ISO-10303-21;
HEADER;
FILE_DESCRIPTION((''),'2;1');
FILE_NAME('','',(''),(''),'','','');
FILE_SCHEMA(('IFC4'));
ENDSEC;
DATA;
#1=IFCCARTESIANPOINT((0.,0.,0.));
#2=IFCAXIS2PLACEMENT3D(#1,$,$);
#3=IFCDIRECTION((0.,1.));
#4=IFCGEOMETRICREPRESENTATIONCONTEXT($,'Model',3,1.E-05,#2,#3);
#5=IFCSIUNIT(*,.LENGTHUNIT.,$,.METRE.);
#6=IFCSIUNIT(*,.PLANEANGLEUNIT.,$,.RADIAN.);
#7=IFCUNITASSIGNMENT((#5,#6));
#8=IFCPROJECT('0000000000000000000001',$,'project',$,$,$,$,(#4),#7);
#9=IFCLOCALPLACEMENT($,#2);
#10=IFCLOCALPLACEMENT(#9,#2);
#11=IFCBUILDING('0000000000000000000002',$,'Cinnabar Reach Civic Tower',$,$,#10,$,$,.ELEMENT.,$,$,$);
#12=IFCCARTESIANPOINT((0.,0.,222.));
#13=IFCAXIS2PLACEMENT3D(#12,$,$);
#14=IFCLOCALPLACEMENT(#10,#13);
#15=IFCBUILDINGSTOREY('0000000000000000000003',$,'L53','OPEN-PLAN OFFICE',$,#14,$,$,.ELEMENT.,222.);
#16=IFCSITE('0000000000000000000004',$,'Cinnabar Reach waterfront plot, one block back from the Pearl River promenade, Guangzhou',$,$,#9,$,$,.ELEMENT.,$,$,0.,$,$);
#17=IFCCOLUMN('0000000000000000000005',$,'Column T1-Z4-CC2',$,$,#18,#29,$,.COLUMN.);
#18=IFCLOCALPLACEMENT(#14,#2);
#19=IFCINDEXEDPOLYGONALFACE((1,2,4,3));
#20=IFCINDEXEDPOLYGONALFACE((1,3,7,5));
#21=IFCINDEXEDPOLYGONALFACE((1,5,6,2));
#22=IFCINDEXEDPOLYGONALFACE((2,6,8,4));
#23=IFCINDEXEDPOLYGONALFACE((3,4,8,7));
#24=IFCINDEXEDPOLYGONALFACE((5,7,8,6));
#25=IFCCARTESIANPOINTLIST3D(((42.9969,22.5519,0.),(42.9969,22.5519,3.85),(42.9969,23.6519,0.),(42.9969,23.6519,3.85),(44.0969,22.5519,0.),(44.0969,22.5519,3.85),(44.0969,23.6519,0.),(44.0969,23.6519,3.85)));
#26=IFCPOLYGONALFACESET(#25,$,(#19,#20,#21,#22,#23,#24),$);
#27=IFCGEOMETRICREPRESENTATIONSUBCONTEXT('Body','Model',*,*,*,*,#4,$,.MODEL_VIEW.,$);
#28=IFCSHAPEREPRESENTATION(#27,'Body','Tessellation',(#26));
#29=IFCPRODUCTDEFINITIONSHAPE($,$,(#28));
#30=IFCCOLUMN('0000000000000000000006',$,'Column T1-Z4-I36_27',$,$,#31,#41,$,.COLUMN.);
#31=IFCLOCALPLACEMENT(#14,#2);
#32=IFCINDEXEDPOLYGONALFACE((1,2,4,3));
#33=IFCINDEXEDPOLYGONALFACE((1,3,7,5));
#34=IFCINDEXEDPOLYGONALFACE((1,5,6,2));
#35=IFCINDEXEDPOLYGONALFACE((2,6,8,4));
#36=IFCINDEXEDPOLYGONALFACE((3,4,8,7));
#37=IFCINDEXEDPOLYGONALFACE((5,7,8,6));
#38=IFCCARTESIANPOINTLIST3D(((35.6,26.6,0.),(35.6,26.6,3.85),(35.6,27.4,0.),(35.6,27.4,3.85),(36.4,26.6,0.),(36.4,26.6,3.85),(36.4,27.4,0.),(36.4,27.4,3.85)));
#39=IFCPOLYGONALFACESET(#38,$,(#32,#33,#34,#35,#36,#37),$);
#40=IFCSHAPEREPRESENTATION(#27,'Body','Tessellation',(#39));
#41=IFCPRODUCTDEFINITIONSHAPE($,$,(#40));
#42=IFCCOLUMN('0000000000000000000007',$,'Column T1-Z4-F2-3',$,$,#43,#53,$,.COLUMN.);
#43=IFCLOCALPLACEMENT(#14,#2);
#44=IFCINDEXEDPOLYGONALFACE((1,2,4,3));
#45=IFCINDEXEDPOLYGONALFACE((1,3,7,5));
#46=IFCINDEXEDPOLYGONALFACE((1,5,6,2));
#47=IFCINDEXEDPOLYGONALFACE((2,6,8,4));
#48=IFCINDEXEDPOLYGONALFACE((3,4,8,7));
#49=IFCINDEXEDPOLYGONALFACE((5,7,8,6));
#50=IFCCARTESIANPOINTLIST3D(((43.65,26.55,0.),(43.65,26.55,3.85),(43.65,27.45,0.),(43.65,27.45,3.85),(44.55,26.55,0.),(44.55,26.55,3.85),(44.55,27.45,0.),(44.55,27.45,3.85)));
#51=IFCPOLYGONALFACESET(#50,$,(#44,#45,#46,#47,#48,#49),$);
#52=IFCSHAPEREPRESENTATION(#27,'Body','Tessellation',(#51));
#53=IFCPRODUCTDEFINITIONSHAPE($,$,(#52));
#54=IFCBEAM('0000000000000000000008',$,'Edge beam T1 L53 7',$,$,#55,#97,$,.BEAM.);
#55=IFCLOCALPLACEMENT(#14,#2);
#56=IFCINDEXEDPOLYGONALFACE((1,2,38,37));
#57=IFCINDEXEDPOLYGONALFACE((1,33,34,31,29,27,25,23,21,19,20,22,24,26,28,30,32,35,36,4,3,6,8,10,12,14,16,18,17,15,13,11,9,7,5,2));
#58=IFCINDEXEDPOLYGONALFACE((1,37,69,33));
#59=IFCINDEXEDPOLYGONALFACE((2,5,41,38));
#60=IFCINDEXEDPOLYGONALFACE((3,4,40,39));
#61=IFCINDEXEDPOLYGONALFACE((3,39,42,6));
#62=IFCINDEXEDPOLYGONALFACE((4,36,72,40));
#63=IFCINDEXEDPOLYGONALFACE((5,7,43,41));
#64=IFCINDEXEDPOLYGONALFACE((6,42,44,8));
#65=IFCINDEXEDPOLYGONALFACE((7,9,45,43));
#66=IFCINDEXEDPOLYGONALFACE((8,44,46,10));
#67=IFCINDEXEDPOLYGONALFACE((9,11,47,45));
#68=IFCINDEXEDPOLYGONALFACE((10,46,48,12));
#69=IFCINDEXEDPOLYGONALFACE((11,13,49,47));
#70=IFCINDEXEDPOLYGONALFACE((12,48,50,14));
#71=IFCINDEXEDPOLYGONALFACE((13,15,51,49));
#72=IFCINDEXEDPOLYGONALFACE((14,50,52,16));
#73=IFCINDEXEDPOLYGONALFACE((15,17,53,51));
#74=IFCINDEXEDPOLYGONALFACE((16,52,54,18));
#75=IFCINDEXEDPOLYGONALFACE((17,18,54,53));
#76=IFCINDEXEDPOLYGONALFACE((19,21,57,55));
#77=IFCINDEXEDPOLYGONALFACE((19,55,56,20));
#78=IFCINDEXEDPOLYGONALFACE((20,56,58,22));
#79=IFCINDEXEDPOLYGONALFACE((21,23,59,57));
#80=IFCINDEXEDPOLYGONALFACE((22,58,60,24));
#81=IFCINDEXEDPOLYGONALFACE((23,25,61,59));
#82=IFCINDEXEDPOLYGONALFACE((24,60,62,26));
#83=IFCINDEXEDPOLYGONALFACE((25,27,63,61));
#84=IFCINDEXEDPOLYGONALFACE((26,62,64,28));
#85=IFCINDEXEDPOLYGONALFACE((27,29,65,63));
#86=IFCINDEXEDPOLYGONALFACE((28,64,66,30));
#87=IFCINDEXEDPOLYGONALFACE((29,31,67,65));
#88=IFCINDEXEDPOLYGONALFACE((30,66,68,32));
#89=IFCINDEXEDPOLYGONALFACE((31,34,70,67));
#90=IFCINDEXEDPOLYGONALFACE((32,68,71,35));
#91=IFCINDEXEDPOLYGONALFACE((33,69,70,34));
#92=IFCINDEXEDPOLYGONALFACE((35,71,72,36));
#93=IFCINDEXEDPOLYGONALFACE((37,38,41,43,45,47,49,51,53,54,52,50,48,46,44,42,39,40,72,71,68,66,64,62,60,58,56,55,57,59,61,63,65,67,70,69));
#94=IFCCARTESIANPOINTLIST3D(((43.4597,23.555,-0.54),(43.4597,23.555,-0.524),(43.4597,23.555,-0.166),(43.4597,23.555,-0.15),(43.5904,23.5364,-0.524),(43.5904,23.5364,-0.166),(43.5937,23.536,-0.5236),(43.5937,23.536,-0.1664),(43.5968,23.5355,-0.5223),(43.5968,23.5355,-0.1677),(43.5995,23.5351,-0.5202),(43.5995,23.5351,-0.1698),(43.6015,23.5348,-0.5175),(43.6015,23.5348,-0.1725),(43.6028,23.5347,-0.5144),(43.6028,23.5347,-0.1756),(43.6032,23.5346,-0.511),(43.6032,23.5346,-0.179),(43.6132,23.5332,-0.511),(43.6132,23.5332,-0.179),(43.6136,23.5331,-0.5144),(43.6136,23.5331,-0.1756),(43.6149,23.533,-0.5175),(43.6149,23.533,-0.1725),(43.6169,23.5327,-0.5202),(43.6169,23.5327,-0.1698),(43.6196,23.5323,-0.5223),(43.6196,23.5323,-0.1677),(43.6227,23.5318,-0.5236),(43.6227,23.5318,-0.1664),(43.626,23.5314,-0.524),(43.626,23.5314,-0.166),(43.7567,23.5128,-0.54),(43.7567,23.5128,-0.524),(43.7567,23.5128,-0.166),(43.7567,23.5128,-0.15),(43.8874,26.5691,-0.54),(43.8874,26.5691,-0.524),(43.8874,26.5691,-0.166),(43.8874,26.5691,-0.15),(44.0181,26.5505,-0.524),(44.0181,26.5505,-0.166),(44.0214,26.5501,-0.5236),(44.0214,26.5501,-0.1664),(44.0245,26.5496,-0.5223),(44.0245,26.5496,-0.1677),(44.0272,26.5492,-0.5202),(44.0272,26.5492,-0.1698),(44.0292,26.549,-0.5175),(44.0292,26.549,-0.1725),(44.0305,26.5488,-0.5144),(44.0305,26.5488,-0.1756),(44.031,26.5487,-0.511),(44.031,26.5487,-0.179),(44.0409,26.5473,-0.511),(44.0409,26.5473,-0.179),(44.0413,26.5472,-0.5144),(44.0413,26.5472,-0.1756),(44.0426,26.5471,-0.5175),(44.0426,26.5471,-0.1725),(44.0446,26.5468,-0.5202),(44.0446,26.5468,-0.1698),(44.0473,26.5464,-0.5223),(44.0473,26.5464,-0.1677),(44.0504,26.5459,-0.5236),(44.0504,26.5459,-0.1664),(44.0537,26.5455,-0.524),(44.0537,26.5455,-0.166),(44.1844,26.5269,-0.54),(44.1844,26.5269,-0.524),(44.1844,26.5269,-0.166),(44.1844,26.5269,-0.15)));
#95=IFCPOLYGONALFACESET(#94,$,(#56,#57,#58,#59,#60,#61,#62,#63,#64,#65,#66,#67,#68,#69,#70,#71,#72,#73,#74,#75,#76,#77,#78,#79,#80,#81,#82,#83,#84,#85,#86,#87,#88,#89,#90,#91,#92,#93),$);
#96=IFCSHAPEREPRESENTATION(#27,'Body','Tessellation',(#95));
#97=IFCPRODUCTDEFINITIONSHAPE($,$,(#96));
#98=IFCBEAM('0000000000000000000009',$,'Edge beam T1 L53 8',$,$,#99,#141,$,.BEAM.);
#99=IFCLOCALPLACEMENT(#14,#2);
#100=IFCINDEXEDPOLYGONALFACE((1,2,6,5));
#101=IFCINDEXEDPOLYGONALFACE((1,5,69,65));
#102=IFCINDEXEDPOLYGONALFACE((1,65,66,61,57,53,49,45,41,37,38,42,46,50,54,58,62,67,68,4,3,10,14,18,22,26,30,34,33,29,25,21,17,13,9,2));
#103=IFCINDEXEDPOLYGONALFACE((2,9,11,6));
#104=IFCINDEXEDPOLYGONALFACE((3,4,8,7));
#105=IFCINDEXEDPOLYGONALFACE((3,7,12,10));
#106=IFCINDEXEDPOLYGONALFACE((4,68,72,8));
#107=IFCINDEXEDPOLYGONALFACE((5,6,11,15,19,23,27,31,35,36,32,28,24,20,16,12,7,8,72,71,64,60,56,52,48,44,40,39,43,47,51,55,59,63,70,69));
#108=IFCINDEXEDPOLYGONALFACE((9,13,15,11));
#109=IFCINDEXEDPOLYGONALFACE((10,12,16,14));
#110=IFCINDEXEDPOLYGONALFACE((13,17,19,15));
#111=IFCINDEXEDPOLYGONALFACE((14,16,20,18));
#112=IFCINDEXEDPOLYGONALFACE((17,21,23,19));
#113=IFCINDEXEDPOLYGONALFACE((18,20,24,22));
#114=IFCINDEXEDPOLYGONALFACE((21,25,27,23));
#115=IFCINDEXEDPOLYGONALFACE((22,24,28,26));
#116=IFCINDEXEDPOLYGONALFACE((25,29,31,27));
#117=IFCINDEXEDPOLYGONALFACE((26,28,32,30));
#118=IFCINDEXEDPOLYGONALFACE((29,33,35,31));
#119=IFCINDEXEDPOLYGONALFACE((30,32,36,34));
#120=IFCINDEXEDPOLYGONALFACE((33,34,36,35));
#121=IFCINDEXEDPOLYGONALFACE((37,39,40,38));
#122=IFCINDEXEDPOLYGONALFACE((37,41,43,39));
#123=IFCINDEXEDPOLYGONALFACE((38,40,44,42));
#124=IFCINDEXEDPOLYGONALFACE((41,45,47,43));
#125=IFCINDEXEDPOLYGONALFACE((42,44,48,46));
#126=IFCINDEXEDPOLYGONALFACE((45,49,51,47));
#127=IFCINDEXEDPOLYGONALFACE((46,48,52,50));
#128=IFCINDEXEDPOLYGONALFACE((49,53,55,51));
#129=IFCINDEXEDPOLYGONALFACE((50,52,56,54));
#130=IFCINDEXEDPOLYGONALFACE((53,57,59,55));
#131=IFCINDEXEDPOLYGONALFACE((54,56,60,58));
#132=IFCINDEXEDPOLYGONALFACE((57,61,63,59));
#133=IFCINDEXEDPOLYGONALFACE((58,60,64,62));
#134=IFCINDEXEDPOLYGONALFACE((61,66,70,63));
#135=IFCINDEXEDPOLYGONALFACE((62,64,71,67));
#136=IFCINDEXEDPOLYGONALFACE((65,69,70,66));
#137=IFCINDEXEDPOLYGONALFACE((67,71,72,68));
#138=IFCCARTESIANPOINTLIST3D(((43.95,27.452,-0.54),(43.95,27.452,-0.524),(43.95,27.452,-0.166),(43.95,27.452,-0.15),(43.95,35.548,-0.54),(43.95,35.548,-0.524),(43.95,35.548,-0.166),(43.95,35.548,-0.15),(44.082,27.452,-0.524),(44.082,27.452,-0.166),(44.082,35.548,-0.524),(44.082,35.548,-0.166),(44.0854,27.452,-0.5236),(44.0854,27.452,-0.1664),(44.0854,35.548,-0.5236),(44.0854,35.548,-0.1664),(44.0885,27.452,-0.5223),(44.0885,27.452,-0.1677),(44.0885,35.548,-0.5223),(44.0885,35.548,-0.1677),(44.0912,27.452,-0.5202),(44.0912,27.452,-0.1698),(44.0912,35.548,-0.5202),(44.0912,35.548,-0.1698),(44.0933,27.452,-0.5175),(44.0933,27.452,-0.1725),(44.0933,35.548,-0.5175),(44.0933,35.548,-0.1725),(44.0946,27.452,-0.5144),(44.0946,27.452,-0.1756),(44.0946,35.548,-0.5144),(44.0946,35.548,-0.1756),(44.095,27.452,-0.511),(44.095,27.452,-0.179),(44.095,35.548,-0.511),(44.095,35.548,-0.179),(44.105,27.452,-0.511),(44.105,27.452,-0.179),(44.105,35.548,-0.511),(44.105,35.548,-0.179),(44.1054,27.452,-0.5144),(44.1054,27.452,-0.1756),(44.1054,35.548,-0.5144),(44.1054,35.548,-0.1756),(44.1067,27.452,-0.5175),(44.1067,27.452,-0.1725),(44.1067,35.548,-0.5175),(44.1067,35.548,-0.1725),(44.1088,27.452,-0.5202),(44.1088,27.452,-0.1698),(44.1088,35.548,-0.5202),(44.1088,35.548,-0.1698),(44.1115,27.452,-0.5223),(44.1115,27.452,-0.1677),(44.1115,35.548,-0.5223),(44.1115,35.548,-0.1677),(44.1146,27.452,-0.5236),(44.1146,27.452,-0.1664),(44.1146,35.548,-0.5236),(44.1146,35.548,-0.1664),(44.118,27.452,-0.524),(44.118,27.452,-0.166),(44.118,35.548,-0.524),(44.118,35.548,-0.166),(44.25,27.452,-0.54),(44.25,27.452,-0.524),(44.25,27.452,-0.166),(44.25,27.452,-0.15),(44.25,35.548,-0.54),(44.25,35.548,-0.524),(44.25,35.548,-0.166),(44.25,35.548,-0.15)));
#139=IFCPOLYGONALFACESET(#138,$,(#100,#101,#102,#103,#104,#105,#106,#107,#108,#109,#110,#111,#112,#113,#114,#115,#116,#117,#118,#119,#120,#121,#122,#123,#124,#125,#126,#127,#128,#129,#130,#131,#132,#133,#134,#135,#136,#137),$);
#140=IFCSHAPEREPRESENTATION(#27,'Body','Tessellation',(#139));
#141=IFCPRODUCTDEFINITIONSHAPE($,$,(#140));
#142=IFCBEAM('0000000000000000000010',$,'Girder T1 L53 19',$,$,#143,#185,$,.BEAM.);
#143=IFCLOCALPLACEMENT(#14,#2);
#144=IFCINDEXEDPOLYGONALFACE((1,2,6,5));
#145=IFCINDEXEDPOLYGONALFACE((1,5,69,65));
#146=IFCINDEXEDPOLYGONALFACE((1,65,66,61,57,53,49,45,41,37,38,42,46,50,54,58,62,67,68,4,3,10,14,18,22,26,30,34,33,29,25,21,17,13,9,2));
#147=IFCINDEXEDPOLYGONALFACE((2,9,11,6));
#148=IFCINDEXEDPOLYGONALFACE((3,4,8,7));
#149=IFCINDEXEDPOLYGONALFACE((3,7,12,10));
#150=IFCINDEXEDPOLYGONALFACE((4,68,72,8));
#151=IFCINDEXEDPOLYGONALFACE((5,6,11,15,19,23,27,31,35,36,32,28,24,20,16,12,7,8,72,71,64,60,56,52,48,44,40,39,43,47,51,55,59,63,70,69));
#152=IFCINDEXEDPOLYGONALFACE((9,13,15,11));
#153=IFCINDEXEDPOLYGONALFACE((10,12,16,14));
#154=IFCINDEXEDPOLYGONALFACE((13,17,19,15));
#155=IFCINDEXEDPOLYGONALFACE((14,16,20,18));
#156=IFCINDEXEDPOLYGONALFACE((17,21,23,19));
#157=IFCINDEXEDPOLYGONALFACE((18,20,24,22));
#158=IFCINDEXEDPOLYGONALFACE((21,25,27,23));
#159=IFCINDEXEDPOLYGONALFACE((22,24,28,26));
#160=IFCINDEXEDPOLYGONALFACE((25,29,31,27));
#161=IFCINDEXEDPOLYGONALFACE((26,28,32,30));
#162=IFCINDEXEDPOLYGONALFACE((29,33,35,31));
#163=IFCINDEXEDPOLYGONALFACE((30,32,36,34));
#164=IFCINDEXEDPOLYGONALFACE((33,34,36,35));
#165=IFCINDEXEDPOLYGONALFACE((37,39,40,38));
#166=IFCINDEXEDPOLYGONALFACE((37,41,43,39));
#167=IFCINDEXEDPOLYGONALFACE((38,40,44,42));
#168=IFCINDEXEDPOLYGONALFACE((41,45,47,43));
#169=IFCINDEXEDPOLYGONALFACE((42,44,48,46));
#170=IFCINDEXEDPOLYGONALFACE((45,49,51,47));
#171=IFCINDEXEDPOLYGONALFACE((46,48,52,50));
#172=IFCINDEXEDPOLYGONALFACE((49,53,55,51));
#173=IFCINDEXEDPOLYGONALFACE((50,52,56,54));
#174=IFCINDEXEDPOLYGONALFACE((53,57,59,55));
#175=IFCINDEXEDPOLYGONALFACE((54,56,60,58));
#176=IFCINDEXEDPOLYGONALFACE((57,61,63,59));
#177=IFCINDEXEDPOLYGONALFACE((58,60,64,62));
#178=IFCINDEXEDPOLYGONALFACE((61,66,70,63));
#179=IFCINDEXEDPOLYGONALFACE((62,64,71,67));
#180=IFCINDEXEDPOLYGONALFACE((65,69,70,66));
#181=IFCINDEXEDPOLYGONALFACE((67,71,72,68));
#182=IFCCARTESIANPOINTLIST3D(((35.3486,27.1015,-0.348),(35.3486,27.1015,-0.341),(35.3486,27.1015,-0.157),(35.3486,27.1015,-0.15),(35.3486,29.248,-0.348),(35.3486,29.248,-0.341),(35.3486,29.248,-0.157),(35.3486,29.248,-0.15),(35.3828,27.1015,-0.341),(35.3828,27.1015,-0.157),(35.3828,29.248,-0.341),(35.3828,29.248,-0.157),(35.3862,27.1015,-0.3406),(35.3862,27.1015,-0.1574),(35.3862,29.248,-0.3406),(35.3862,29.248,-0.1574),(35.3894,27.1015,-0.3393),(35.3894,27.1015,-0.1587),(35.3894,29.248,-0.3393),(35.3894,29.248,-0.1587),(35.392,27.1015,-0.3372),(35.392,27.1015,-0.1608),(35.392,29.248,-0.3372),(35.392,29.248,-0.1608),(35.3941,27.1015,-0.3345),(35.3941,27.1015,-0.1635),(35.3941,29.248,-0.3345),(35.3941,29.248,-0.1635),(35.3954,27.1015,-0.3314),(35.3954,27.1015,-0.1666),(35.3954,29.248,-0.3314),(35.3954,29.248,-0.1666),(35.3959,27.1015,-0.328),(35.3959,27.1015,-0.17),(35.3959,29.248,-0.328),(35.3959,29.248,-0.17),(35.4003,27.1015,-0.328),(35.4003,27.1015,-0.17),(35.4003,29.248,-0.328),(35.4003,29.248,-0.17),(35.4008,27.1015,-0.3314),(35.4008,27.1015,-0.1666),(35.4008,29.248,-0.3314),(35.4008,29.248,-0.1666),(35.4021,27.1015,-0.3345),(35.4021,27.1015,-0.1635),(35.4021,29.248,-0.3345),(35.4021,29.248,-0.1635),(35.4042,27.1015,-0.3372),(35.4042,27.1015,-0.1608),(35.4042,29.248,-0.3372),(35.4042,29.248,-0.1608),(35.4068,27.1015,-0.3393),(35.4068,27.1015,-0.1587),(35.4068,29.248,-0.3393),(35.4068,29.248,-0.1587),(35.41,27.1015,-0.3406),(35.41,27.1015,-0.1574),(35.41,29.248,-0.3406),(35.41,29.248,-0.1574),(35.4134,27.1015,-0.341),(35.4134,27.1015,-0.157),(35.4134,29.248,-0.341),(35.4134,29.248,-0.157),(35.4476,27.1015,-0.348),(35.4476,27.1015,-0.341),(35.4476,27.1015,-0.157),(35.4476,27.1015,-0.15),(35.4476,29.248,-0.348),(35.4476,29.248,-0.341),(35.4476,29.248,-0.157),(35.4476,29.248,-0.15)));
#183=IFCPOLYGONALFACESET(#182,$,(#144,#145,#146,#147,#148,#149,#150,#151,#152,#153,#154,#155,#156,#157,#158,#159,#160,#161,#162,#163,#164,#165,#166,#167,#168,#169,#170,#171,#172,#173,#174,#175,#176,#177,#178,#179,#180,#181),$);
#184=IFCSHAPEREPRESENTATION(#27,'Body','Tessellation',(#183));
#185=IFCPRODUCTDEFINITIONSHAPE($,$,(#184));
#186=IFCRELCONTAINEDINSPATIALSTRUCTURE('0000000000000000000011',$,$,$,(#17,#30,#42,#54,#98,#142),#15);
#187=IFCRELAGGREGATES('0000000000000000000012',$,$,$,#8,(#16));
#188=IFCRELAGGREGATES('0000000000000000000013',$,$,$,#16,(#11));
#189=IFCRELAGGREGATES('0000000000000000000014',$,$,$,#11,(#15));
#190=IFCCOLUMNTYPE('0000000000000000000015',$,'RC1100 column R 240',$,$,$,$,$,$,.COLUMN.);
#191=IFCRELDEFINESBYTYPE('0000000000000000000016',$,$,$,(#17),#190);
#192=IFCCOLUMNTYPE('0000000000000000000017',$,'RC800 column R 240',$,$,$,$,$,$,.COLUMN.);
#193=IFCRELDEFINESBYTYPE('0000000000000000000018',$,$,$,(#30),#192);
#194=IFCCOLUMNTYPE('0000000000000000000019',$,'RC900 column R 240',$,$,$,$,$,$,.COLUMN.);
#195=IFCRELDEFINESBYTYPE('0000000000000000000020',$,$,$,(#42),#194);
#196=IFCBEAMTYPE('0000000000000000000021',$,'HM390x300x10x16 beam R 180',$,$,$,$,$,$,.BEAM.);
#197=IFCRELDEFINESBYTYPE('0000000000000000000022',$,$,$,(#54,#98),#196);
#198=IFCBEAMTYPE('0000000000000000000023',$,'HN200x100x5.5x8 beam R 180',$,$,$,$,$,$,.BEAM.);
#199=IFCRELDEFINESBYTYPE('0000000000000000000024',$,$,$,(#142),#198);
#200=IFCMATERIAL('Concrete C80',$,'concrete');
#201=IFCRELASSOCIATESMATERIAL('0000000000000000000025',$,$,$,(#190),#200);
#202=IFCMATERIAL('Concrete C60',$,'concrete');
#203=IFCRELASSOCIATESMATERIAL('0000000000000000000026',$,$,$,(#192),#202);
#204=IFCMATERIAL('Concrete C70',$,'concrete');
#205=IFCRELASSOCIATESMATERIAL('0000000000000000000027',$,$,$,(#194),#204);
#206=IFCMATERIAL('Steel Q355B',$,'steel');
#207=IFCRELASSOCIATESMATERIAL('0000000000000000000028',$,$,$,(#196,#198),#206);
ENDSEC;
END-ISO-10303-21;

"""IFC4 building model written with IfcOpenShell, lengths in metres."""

from ifc_helpers import new_model, si_unit, direction, frame, origin, origin_2d, place, context, subcontext, project, spatial, rectangle, i_section, extrude, material, material_profile, profile_set, type_object, element, save


model = new_model("IFC4")

# Units and contexts
model_context = context("Model", 3, precision=1e-05, world=origin(), true_north=direction((0.0, 1.0)))
body_context = subcontext(model_context, "Body", "Model", "MODEL_VIEW")
ifc_project = project(units=[si_unit("LENGTHUNIT", "METRE"), si_unit("PLANEANGLEUNIT", "RADIAN")], contexts=[model_context])

# Site, building, storey
site_placement = place(None, origin())
site = spatial("IfcSite", under=ifc_project, at=site_placement, Name="Cinnabar Reach waterfront plot, one block back from the Pearl River promenade, Guangzhou", CompositionType="ELEMENT", RefElevation=0.0)
building_placement = place(site_placement, origin())
building = spatial("IfcBuilding", under=site, at=building_placement, Name="Cinnabar Reach Civic Tower", CompositionType="ELEMENT")
storey_placement = place(building_placement, frame((0.0, 0.0, 222.0)))
storey = spatial("IfcBuildingStorey", under=building, at=storey_placement, Name="L53", Description="OPEN-PLAN OFFICE", CompositionType="ELEMENT", Elevation=222.0)

# Columns
ifc_material_1 = material(Name="Concrete C80", Category="concrete")
ifc_material_profile_1 = material_profile(ifc_material_1, rectangle(XDim=1.1, YDim=1.1, at=origin_2d()), Name="RC1100")
ifc_profile_set_1 = profile_set([ifc_material_profile_1], Name="Concrete C80")
column_type_1 = type_object("IfcColumnType", Name="RC1100 column R 240", PredefinedType="COLUMN", material=ifc_profile_set_1)
column_1_placement = place(storey_placement, frame((43.5469, 23.1019, 0.0), z_axis=(0.0, 0.0, 1.0), x_axis=(1.0, 0.0, 0.0)))
element("IfcColumn", 1, at=column_1_placement, inside=storey, type_object=column_type_1, Name="Column T1-Z4-CC2", PredefinedType="COLUMN", context=body_context, shape_type="SweptSolid", body=[
    extrude(rectangle(XDim=1.1, YDim=1.1, at=origin_2d()), origin(), (0.0, 0.0, 1.0), 3.85),
])
ifc_material_2 = material(Name="Concrete C60", Category="concrete")
ifc_material_profile_2 = material_profile(ifc_material_2, rectangle(XDim=0.8, YDim=0.8, at=origin_2d()), Name="RC800")
ifc_profile_set_2 = profile_set([ifc_material_profile_2], Name="Concrete C60")
column_type_2 = type_object("IfcColumnType", Name="RC800 column R 240", PredefinedType="COLUMN", material=ifc_profile_set_2)
column_2_placement = place(storey_placement, frame((36.0, 27.0, 0.0), z_axis=(0.0, 0.0, 1.0), x_axis=(1.0, 0.0, 0.0)))
element("IfcColumn", 2, at=column_2_placement, inside=storey, type_object=column_type_2, Name="Column T1-Z4-I36_27", PredefinedType="COLUMN", context=body_context, shape_type="SweptSolid", body=[
    extrude(rectangle(XDim=0.8, YDim=0.8, at=origin_2d()), origin(), (0.0, 0.0, 1.0), 3.85),
])
ifc_material_3 = material(Name="Concrete C70", Category="concrete")
ifc_material_profile_3 = material_profile(ifc_material_3, rectangle(XDim=0.9, YDim=0.9, at=origin_2d()), Name="RC900")
ifc_profile_set_3 = profile_set([ifc_material_profile_3], Name="Concrete C70")
column_type_3 = type_object("IfcColumnType", Name="RC900 column R 240", PredefinedType="COLUMN", material=ifc_profile_set_3)
column_3_placement = place(storey_placement, frame((44.1, 27.0, 0.0), z_axis=(0.0, 0.0, 1.0), x_axis=(1.0, 0.0, 0.0)))
element("IfcColumn", 3, at=column_3_placement, inside=storey, type_object=column_type_3, Name="Column T1-Z4-F2-3", PredefinedType="COLUMN", context=body_context, shape_type="SweptSolid", body=[
    extrude(rectangle(XDim=0.9, YDim=0.9, at=origin_2d()), origin(), (0.0, 0.0, 1.0), 3.85),
])

# Beams
ifc_material_4 = material(Name="Steel Q355B", Category="steel")
ifc_material_profile_4 = material_profile(ifc_material_4, i_section(OverallWidth=0.3, OverallDepth=0.39, WebThickness=0.01, FlangeThickness=0.016, FilletRadius=0.013, at=origin_2d()), Name="HM390x300x10x16")
ifc_profile_set_4 = profile_set([ifc_material_profile_4], Name="Steel Q355B")
beam_type_1 = type_object("IfcBeamType", Name="HM390x300x10x16 beam R 180", PredefinedType="BEAM", material=ifc_profile_set_4)
beam_1_placement = place(storey_placement, frame((43.6082, 23.5339, -0.345), z_axis=(0.140492, 0.990082, 0.0), x_axis=(-0.990082, 0.140492, 0.0)))
element("IfcBeam", 4, at=beam_1_placement, inside=storey, type_object=beam_type_1, Name="Edge beam T1 L53 7", PredefinedType="BEAM", context=body_context, shape_type="SweptSolid", body=[
    extrude(i_section(OverallWidth=0.3, OverallDepth=0.39, WebThickness=0.01, FlangeThickness=0.016, FilletRadius=0.013, at=origin_2d()), origin(), (0.0, 0.0, 1.0), 3.0443),
])
beam_2_placement = place(storey_placement, frame((44.1, 27.452, -0.345), z_axis=(0.0, 1.0, 0.0), x_axis=(-1.0, 0.0, 0.0)))
element("IfcBeam", 5, at=beam_2_placement, inside=storey, type_object=beam_type_1, Name="Edge beam T1 L53 8", PredefinedType="BEAM", context=body_context, shape_type="SweptSolid", body=[
    extrude(i_section(OverallWidth=0.3, OverallDepth=0.39, WebThickness=0.01, FlangeThickness=0.016, FilletRadius=0.013, at=origin_2d()), origin(), (0.0, 0.0, 1.0), 8.096),
])
ifc_material_profile_5 = material_profile(ifc_material_4, i_section(OverallWidth=0.099, OverallDepth=0.198, WebThickness=0.0045, FlangeThickness=0.007, FilletRadius=0.013, at=origin_2d()), Name="HN200x100x5.5x8")
ifc_profile_set_5 = profile_set([ifc_material_profile_5], Name="Steel Q355B")
beam_type_2 = type_object("IfcBeamType", Name="HN200x100x5.5x8 beam R 180", PredefinedType="BEAM", material=ifc_profile_set_5)
beam_3_placement = place(storey_placement, frame((35.3981, 27.1015, -0.249), z_axis=(0.0, 1.0, 0.0), x_axis=(-1.0, 0.0, 0.0)))
element("IfcBeam", 6, at=beam_3_placement, inside=storey, type_object=beam_type_2, Name="Girder T1 L53 19", PredefinedType="BEAM", context=body_context, shape_type="SweptSolid", body=[
    extrude(i_section(OverallWidth=0.099, OverallDepth=0.198, WebThickness=0.0045, FlangeThickness=0.007, FilletRadius=0.013, at=origin_2d()), origin(), (0.0, 0.0, 1.0), 2.1465),
])

save(model, "model.ifc")
